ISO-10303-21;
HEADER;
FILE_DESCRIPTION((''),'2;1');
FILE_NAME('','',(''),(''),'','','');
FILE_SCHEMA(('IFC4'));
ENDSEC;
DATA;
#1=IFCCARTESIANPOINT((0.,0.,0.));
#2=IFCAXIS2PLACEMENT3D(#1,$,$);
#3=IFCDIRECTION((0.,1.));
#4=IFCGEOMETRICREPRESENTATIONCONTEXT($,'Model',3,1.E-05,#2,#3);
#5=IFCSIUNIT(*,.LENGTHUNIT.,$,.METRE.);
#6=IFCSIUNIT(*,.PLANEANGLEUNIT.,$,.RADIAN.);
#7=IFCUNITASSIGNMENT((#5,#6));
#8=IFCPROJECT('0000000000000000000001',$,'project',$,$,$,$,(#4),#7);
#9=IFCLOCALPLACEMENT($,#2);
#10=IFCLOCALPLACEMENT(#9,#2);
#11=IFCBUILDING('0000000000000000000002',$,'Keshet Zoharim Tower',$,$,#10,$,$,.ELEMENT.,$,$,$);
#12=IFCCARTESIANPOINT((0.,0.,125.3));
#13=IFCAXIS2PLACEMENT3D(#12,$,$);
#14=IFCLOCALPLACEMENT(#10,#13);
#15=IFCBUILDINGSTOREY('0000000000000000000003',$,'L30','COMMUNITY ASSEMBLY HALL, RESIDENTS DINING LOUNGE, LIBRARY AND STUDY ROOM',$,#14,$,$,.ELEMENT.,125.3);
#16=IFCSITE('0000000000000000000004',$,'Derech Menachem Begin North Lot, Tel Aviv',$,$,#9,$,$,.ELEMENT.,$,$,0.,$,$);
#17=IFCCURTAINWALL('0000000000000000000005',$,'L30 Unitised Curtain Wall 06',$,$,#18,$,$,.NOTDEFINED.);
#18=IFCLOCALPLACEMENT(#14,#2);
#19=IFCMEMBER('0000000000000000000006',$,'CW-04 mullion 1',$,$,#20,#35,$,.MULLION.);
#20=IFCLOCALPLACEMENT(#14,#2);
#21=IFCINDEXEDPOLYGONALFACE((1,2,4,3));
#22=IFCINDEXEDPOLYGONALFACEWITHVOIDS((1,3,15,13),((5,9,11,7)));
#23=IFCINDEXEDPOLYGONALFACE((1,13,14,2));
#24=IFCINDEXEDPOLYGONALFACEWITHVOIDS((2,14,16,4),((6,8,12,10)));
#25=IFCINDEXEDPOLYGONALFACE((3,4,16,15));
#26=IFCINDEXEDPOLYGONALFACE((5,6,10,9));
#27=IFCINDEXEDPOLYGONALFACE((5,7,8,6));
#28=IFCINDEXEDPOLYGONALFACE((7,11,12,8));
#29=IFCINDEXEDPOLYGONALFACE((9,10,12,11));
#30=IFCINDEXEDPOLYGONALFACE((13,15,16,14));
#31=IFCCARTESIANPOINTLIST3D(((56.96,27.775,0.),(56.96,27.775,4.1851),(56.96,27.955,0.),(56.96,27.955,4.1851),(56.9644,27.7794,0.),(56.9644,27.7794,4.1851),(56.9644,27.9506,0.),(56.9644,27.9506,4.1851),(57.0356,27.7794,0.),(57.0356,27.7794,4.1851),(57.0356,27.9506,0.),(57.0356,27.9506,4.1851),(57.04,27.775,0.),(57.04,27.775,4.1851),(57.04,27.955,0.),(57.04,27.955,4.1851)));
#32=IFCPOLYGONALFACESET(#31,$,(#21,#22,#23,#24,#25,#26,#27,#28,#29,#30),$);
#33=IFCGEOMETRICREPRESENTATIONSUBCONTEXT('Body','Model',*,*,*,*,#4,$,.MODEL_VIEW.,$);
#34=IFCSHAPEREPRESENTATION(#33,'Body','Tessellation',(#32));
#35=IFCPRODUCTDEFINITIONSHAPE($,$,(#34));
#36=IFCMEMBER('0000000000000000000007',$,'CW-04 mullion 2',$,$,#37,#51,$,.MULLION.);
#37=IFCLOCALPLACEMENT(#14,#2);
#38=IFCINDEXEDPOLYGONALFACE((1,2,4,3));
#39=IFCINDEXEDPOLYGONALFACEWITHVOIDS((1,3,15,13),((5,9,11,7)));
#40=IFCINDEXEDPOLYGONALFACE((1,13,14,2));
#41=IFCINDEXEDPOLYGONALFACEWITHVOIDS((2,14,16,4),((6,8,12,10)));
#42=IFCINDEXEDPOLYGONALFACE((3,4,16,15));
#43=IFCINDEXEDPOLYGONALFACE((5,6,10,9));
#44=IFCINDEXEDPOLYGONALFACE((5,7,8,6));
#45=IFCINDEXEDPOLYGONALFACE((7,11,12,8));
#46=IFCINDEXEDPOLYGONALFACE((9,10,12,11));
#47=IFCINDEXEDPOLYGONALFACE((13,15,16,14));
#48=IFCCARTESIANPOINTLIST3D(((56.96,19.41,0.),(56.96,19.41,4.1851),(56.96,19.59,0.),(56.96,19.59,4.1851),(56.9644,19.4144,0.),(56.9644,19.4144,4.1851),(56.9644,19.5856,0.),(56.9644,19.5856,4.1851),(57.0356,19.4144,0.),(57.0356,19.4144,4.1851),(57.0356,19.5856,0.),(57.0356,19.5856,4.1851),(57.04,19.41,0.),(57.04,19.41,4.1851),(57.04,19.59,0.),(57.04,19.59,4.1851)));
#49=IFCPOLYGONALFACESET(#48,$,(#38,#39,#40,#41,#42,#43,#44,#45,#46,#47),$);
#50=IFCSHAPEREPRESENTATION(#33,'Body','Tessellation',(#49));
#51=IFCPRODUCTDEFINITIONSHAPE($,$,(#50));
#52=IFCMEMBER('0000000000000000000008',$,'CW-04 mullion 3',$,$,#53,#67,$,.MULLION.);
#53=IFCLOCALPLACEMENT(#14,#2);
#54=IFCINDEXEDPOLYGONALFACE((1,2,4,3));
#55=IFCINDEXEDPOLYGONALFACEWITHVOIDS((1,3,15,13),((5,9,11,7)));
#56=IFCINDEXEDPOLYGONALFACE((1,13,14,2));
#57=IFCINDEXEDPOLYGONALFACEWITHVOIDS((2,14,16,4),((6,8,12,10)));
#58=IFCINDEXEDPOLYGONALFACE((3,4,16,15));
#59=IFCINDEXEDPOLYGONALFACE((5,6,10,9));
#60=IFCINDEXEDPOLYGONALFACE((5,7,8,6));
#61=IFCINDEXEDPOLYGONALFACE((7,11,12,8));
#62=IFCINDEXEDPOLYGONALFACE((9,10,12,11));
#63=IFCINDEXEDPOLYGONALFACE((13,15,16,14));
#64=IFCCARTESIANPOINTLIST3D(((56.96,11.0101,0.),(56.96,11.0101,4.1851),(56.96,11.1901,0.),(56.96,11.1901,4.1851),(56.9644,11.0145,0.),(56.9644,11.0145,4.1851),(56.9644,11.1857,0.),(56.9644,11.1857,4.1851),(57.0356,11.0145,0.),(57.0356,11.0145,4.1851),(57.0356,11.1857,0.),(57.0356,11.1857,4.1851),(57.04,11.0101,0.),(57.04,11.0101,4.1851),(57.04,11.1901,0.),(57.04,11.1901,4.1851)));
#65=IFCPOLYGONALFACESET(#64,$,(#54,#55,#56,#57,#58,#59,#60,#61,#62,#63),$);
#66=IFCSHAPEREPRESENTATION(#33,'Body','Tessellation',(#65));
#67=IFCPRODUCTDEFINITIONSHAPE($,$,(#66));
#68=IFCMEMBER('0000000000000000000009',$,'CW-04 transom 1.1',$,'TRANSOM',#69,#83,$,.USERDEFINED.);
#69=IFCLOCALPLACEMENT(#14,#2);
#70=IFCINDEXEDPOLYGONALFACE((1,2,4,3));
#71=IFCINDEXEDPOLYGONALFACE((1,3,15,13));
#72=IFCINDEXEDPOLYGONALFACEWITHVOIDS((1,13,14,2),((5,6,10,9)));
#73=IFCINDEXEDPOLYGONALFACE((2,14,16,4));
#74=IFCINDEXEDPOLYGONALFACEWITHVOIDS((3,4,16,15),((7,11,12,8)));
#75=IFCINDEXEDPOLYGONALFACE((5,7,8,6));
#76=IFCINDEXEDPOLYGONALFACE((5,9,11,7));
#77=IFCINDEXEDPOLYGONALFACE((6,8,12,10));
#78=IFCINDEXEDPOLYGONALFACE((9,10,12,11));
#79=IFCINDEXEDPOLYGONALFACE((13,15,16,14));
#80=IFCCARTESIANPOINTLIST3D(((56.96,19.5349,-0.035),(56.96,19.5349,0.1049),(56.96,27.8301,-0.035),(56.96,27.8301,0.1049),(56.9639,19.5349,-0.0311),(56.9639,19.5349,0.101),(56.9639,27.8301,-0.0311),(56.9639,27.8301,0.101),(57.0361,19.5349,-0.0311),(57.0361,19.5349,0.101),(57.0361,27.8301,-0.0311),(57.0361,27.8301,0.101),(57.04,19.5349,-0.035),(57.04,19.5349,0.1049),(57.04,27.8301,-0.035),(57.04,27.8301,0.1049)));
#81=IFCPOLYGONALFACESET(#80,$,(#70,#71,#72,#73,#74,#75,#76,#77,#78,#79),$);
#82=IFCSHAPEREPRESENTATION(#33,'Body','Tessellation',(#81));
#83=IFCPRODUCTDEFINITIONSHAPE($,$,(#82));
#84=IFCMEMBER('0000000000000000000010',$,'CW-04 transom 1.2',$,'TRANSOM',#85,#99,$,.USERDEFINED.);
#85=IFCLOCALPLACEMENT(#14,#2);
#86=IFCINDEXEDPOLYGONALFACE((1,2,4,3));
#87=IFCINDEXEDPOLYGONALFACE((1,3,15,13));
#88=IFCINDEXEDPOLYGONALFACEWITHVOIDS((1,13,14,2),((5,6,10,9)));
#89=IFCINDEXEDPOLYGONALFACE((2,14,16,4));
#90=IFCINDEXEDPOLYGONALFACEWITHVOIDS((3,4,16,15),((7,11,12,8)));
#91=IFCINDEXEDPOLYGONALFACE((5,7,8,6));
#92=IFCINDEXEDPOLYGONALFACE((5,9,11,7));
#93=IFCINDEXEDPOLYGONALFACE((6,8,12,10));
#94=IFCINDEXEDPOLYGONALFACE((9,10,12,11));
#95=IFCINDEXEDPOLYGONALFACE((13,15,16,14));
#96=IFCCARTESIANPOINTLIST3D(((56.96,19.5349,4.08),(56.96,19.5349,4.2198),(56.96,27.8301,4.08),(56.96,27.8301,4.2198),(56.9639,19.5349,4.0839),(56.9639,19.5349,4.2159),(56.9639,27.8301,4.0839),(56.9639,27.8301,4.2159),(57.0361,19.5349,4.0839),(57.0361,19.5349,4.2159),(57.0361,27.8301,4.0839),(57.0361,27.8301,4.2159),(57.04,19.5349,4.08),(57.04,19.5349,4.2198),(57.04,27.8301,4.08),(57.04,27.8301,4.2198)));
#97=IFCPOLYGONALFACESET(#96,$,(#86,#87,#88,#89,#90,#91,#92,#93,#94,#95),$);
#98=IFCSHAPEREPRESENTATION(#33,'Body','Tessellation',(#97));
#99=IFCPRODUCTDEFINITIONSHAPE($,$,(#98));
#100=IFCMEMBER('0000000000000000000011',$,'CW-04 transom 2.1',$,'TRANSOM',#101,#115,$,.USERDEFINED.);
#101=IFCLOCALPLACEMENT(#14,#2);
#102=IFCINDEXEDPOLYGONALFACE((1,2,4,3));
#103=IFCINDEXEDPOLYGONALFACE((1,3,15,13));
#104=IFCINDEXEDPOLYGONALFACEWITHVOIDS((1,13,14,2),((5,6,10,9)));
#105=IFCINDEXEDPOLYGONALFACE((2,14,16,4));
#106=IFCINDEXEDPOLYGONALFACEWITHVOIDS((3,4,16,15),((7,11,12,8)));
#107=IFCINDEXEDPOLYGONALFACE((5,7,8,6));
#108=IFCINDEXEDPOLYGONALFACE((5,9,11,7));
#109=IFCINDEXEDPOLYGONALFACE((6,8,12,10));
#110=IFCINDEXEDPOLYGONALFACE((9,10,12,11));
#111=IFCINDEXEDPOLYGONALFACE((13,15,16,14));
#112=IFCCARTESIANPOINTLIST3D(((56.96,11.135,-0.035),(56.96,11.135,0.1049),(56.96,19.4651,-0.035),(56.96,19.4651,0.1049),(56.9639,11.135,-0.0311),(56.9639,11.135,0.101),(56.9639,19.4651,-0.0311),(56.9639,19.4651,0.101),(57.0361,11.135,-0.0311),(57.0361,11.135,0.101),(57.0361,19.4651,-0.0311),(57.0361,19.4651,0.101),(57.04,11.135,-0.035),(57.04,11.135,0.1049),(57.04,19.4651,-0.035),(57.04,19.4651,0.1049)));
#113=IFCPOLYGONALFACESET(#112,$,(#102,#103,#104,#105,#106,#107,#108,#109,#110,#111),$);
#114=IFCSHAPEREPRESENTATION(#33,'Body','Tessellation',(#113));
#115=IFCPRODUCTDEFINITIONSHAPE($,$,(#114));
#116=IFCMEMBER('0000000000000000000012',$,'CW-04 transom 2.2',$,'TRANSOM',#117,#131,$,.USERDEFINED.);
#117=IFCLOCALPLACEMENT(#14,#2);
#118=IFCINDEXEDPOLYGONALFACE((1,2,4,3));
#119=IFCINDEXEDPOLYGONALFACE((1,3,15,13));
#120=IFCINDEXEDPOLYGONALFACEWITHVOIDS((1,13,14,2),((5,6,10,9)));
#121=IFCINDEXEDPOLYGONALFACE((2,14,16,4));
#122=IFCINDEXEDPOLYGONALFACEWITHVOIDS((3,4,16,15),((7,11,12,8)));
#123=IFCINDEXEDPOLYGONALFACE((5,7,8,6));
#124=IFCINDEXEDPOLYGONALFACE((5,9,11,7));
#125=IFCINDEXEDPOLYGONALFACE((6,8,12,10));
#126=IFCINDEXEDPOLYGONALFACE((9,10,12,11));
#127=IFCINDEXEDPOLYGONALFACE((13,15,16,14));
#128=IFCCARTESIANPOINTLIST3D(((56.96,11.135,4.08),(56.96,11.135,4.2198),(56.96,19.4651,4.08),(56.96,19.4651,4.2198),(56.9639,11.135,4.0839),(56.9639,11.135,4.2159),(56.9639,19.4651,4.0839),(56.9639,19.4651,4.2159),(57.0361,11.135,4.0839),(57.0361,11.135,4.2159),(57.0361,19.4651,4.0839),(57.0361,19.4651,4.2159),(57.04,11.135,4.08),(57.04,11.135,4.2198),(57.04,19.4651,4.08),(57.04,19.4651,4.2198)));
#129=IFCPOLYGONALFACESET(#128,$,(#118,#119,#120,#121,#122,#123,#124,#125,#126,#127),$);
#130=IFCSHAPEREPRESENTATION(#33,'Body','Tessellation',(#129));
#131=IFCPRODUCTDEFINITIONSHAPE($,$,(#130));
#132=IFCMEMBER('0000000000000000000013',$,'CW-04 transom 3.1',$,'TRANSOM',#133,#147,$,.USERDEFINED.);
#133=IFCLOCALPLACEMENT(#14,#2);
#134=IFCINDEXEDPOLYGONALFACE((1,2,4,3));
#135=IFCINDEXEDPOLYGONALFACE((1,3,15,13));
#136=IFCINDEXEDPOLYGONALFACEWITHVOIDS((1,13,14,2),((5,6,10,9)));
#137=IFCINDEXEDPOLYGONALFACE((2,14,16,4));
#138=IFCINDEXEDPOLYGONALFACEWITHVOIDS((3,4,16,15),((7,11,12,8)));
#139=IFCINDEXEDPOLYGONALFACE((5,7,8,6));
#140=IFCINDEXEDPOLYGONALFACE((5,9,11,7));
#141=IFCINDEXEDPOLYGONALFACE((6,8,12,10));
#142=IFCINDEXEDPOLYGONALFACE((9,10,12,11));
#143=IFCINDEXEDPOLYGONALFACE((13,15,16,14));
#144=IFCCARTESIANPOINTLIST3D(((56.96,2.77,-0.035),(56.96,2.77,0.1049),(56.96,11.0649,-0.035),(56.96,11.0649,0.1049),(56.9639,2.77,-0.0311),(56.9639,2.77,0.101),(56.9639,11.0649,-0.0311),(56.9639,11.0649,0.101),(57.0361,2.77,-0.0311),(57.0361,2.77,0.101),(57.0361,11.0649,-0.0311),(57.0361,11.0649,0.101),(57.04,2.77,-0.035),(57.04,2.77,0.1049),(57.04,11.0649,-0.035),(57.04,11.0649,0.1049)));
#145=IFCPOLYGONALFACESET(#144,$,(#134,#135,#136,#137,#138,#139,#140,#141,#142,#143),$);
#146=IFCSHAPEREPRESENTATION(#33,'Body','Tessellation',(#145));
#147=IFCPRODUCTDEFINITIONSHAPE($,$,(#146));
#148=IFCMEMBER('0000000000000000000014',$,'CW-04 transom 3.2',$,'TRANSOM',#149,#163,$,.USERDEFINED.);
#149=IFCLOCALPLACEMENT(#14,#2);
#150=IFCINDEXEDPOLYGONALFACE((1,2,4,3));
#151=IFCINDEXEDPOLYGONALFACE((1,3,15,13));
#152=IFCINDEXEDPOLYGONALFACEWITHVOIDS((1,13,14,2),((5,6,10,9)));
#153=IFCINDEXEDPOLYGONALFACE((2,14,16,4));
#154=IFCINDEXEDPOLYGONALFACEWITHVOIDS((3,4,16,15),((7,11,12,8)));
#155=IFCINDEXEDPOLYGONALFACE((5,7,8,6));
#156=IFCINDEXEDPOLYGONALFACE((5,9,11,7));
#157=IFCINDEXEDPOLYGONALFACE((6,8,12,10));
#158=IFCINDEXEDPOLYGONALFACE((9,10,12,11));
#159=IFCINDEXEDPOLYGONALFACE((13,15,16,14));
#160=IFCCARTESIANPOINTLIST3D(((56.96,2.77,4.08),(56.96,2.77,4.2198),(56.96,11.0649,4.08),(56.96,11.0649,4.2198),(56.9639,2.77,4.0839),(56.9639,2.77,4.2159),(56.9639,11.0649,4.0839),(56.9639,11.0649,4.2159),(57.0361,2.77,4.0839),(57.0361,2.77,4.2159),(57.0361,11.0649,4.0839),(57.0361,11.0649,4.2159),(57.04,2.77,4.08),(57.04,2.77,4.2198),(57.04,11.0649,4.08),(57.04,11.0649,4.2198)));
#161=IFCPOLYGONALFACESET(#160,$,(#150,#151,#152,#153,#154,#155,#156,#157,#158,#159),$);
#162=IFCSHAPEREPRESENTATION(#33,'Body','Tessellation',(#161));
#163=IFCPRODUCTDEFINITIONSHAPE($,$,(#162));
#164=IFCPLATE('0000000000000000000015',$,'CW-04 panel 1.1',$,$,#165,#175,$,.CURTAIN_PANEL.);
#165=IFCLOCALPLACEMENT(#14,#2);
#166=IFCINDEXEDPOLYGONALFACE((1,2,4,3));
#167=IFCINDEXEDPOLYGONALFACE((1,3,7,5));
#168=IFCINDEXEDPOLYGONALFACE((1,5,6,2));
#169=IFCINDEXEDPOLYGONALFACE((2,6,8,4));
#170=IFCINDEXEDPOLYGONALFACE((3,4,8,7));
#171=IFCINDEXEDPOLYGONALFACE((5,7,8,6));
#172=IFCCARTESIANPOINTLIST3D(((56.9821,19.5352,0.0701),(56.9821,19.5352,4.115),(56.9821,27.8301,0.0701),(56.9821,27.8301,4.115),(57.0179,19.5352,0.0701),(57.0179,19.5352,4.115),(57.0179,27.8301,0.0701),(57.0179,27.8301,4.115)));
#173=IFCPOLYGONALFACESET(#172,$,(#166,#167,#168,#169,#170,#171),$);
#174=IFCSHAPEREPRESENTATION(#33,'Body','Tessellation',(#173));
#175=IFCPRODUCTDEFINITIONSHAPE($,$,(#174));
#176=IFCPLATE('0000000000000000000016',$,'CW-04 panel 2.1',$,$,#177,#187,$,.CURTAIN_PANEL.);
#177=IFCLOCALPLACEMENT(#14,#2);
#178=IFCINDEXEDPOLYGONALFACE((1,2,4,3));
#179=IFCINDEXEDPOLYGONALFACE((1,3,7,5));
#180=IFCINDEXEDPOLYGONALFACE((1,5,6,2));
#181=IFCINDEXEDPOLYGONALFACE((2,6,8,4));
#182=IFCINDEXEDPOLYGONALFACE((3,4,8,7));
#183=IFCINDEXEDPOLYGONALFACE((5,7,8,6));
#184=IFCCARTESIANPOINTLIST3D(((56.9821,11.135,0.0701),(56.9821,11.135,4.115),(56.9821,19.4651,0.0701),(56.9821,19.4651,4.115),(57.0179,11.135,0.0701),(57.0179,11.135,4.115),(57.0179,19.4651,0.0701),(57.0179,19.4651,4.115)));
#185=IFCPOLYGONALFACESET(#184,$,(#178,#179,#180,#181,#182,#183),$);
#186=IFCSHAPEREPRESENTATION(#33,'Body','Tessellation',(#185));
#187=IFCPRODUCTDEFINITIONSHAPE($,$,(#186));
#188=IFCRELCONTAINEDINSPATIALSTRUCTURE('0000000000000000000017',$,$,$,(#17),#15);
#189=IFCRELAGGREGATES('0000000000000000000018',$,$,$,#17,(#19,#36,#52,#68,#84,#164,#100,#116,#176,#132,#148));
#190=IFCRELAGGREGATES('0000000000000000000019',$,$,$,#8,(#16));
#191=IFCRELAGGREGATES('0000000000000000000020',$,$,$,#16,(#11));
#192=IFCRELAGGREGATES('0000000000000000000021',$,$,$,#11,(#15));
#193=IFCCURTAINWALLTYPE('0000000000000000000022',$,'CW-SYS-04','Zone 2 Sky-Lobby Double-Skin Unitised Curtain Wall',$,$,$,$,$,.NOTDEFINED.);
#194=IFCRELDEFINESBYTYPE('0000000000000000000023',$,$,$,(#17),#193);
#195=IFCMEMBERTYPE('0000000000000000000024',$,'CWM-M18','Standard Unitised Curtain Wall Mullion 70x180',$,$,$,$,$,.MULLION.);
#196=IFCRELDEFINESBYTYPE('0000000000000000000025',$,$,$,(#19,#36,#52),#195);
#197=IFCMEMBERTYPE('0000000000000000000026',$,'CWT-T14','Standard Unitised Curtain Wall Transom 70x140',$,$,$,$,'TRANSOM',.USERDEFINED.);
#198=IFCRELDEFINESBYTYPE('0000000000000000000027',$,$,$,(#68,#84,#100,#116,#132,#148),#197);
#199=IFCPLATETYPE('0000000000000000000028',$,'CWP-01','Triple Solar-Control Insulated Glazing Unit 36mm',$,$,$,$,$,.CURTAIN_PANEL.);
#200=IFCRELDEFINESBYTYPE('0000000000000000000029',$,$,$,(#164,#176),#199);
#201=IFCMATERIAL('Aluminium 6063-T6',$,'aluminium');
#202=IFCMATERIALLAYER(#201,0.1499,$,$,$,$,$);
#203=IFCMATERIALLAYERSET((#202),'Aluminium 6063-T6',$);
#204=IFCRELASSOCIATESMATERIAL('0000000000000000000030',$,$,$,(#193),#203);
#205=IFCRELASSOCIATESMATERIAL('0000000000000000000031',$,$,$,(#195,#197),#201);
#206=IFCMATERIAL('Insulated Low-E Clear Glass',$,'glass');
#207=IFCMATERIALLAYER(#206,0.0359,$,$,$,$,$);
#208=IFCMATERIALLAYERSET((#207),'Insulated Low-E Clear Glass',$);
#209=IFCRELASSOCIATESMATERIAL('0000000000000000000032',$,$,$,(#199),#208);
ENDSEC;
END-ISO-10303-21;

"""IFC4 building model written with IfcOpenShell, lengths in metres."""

from ifc_helpers import new_model, si_unit, direction, frame, origin, origin_2d, place, context, subcontext, project, spatial, rectangle, hollow_rectangle, extrude, material, layer, layer_set, material_profile, profile_set, type_object, element, aggregate, save


model = new_model("IFC4")

# Units and contexts
model_context = context("Model", 3, precision=1e-05, world=origin(), true_north=direction((0.0, 1.0)))
body_context = subcontext(model_context, "Body", "Model", "MODEL_VIEW")
ifc_project = project(units=[si_unit("LENGTHUNIT", "METRE"), si_unit("PLANEANGLEUNIT", "RADIAN")], contexts=[model_context])

# Site, building, storey
site_placement = place(None, origin())
site = spatial("IfcSite", under=ifc_project, at=site_placement, Name="Derech Menachem Begin North Lot, Tel Aviv", CompositionType="ELEMENT", RefElevation=0.0)
building_placement = place(site_placement, origin())
building = spatial("IfcBuilding", under=site, at=building_placement, Name="Keshet Zoharim Tower", CompositionType="ELEMENT")
storey_placement = place(building_placement, frame((0.0, 0.0, 125.3)))
storey = spatial("IfcBuildingStorey", under=building, at=storey_placement, Name="L30", Description="COMMUNITY ASSEMBLY HALL, RESIDENTS DINING LOUNGE, LIBRARY AND STUDY ROOM", CompositionType="ELEMENT", Elevation=125.3)

# Curtain wall, members, plates
ifc_material_1 = material(Name="Aluminium 6063-T6", Category="aluminium")
ifc_layer_1 = layer(ifc_material_1, 0.1499)
ifc_layer_set_1 = layer_set([ifc_layer_1], Name="Aluminium 6063-T6")
curtain_wall_type = type_object("IfcCurtainWallType", Name="CW-SYS-04", Description="Zone 2 Sky-Lobby Double-Skin Unitised Curtain Wall", PredefinedType="NOTDEFINED", material=ifc_layer_set_1)
curtain_wall_placement = place(storey_placement, origin())
curtain_wall = element("IfcCurtainWall", 1, at=curtain_wall_placement, inside=storey, type_object=curtain_wall_type, Name="L30 Unitised Curtain Wall 06", PredefinedType="NOTDEFINED")
ifc_material_profile_1 = material_profile(ifc_material_1, hollow_rectangle(XDim=0.0801, YDim=0.1799, WallThickness=0.0044, at=origin_2d()), Name="MUL-80x180")
ifc_profile_set_1 = profile_set([ifc_material_profile_1], Name="Aluminium 6063-T6")
member_type_1 = type_object("IfcMemberType", Name="CWM-M18", Description="Standard Unitised Curtain Wall Mullion 70x180", PredefinedType="MULLION", material=ifc_profile_set_1)
member_1_placement = place(storey_placement, frame((57.0, 27.865, 0.0), z_axis=(0.0, 0.0, 1.0), x_axis=(1.0, 0.0, 0.0)))
member_1 = element("IfcMember", 2, at=member_1_placement, type_object=member_type_1, Name="CW-04 mullion 1", PredefinedType="MULLION", context=body_context, shape_type="SweptSolid", body=[
    extrude(hollow_rectangle(XDim=0.0801, YDim=0.1799, WallThickness=0.0044, at=origin_2d()), origin(), (0.0, 0.0, 1.0), 4.1851),
])
member_2_placement = place(storey_placement, frame((57.0, 19.5, 0.0), z_axis=(0.0, 0.0, 1.0), x_axis=(1.0, 0.0, 0.0)))
member_2 = element("IfcMember", 3, at=member_2_placement, type_object=member_type_1, Name="CW-04 mullion 2", PredefinedType="MULLION", context=body_context, shape_type="SweptSolid", body=[
    extrude(hollow_rectangle(XDim=0.0801, YDim=0.1799, WallThickness=0.0044, at=origin_2d()), origin(), (0.0, 0.0, 1.0), 4.1851),
])
member_3_placement = place(storey_placement, frame((57.0, 11.1001, 0.0), z_axis=(0.0, 0.0, 1.0), x_axis=(1.0, 0.0, 0.0)))
member_3 = element("IfcMember", 4, at=member_3_placement, type_object=member_type_1, Name="CW-04 mullion 3", PredefinedType="MULLION", context=body_context, shape_type="SweptSolid", body=[
    extrude(hollow_rectangle(XDim=0.0801, YDim=0.1799, WallThickness=0.0044, at=origin_2d()), origin(), (0.0, 0.0, 1.0), 4.1851),
])
ifc_material_profile_2 = material_profile(ifc_material_1, hollow_rectangle(XDim=0.0801, YDim=0.1399, WallThickness=0.0039, at=origin_2d()), Name="TRN-80x140")
ifc_profile_set_2 = profile_set([ifc_material_profile_2], Name="Aluminium 6063-T6")
member_type_2 = type_object("IfcMemberType", Name="CWT-T14", Description="Standard Unitised Curtain Wall Transom 70x140", ElementType="TRANSOM", PredefinedType="USERDEFINED", material=ifc_profile_set_2)
member_4_placement = place(storey_placement, frame((57.0, 27.8301, 0.0349), z_axis=(0.0, -1.0, 0.0), x_axis=(1.0, 0.0, 0.0)))
member_4 = element("IfcMember", 5, at=member_4_placement, type_object=member_type_2, Name="CW-04 transom 1.1", ObjectType="TRANSOM", PredefinedType="USERDEFINED", context=body_context, shape_type="SweptSolid", body=[
    extrude(hollow_rectangle(XDim=0.0801, YDim=0.1399, WallThickness=0.0039, at=origin_2d()), origin(), (0.0, 0.0, 1.0), 8.2952),
])
member_5_placement = place(storey_placement, frame((57.0, 27.8301, 4.1499), z_axis=(0.0, -1.0, 0.0), x_axis=(1.0, 0.0, 0.0)))
member_5 = element("IfcMember", 6, at=member_5_placement, type_object=member_type_2, Name="CW-04 transom 1.2", ObjectType="TRANSOM", PredefinedType="USERDEFINED", context=body_context, shape_type="SweptSolid", body=[
    extrude(hollow_rectangle(XDim=0.0801, YDim=0.1399, WallThickness=0.0039, at=origin_2d()), origin(), (0.0, 0.0, 1.0), 8.2952),
])
member_6_placement = place(storey_placement, frame((57.0, 19.4651, 0.0349), z_axis=(0.0, -1.0, 0.0), x_axis=(1.0, 0.0, 0.0)))
member_6 = element("IfcMember", 7, at=member_6_placement, type_object=member_type_2, Name="CW-04 transom 2.1", ObjectType="TRANSOM", PredefinedType="USERDEFINED", context=body_context, shape_type="SweptSolid", body=[
    extrude(hollow_rectangle(XDim=0.0801, YDim=0.1399, WallThickness=0.0039, at=origin_2d()), origin(), (0.0, 0.0, 1.0), 8.3301),
])
member_7_placement = place(storey_placement, frame((57.0, 19.4651, 4.1499), z_axis=(0.0, -1.0, 0.0), x_axis=(1.0, 0.0, 0.0)))
member_7 = element("IfcMember", 8, at=member_7_placement, type_object=member_type_2, Name="CW-04 transom 2.2", ObjectType="TRANSOM", PredefinedType="USERDEFINED", context=body_context, shape_type="SweptSolid", body=[
    extrude(hollow_rectangle(XDim=0.0801, YDim=0.1399, WallThickness=0.0039, at=origin_2d()), origin(), (0.0, 0.0, 1.0), 8.3301),
])
member_8_placement = place(storey_placement, frame((57.0, 11.0649, 0.0349), z_axis=(0.0, -1.0, 0.0), x_axis=(1.0, 0.0, 0.0)))
member_8 = element("IfcMember", 9, at=member_8_placement, type_object=member_type_2, Name="CW-04 transom 3.1", ObjectType="TRANSOM", PredefinedType="USERDEFINED", context=body_context, shape_type="SweptSolid", body=[
    extrude(hollow_rectangle(XDim=0.0801, YDim=0.1399, WallThickness=0.0039, at=origin_2d()), origin(), (0.0, 0.0, 1.0), 8.2949),
])
member_9_placement = place(storey_placement, frame((57.0, 11.0649, 4.1499), z_axis=(0.0, -1.0, 0.0), x_axis=(1.0, 0.0, 0.0)))
member_9 = element("IfcMember", 10, at=member_9_placement, type_object=member_type_2, Name="CW-04 transom 3.2", ObjectType="TRANSOM", PredefinedType="USERDEFINED", context=body_context, shape_type="SweptSolid", body=[
    extrude(hollow_rectangle(XDim=0.0801, YDim=0.1399, WallThickness=0.0039, at=origin_2d()), origin(), (0.0, 0.0, 1.0), 8.2949),
])
ifc_material_2 = material(Name="Insulated Low-E Clear Glass", Category="glass")
ifc_layer_2 = layer(ifc_material_2, 0.0359)
ifc_layer_set_2 = layer_set([ifc_layer_2], Name="Insulated Low-E Clear Glass")
plate_type = type_object("IfcPlateType", Name="CWP-01", Description="Triple Solar-Control Insulated Glazing Unit 36mm", PredefinedType="CURTAIN_PANEL", material=ifc_layer_set_2)
plate_1_placement = place(storey_placement, frame((57.0, 23.6826, 0.0701), z_axis=(0.0, 0.0, 1.0), x_axis=(0.0, -1.0, 0.0)))
plate_1 = element("IfcPlate", 11, at=plate_1_placement, type_object=plate_type, Name="CW-04 panel 1.1", PredefinedType="CURTAIN_PANEL", context=body_context, shape_type="SweptSolid", body=[
    extrude(rectangle(XDim=8.2949, YDim=0.0359, at=origin_2d()), origin(), (0.0, 0.0, 1.0), 4.0449),
])
plate_2_placement = place(storey_placement, frame((57.0, 15.3, 0.0701), z_axis=(0.0, 0.0, 1.0), x_axis=(0.0, -1.0, 0.0)))
plate_2 = element("IfcPlate", 12, at=plate_2_placement, type_object=plate_type, Name="CW-04 panel 2.1", PredefinedType="CURTAIN_PANEL", context=body_context, shape_type="SweptSolid", body=[
    extrude(rectangle(XDim=8.3301, YDim=0.0359, at=origin_2d()), origin(), (0.0, 0.0, 1.0), 4.0449),
])
aggregate(curtain_wall, [member_1, member_2, member_3, member_4, member_5, plate_1, member_6, member_7, plate_2, member_8, member_9])

save(model, "model.ifc")
